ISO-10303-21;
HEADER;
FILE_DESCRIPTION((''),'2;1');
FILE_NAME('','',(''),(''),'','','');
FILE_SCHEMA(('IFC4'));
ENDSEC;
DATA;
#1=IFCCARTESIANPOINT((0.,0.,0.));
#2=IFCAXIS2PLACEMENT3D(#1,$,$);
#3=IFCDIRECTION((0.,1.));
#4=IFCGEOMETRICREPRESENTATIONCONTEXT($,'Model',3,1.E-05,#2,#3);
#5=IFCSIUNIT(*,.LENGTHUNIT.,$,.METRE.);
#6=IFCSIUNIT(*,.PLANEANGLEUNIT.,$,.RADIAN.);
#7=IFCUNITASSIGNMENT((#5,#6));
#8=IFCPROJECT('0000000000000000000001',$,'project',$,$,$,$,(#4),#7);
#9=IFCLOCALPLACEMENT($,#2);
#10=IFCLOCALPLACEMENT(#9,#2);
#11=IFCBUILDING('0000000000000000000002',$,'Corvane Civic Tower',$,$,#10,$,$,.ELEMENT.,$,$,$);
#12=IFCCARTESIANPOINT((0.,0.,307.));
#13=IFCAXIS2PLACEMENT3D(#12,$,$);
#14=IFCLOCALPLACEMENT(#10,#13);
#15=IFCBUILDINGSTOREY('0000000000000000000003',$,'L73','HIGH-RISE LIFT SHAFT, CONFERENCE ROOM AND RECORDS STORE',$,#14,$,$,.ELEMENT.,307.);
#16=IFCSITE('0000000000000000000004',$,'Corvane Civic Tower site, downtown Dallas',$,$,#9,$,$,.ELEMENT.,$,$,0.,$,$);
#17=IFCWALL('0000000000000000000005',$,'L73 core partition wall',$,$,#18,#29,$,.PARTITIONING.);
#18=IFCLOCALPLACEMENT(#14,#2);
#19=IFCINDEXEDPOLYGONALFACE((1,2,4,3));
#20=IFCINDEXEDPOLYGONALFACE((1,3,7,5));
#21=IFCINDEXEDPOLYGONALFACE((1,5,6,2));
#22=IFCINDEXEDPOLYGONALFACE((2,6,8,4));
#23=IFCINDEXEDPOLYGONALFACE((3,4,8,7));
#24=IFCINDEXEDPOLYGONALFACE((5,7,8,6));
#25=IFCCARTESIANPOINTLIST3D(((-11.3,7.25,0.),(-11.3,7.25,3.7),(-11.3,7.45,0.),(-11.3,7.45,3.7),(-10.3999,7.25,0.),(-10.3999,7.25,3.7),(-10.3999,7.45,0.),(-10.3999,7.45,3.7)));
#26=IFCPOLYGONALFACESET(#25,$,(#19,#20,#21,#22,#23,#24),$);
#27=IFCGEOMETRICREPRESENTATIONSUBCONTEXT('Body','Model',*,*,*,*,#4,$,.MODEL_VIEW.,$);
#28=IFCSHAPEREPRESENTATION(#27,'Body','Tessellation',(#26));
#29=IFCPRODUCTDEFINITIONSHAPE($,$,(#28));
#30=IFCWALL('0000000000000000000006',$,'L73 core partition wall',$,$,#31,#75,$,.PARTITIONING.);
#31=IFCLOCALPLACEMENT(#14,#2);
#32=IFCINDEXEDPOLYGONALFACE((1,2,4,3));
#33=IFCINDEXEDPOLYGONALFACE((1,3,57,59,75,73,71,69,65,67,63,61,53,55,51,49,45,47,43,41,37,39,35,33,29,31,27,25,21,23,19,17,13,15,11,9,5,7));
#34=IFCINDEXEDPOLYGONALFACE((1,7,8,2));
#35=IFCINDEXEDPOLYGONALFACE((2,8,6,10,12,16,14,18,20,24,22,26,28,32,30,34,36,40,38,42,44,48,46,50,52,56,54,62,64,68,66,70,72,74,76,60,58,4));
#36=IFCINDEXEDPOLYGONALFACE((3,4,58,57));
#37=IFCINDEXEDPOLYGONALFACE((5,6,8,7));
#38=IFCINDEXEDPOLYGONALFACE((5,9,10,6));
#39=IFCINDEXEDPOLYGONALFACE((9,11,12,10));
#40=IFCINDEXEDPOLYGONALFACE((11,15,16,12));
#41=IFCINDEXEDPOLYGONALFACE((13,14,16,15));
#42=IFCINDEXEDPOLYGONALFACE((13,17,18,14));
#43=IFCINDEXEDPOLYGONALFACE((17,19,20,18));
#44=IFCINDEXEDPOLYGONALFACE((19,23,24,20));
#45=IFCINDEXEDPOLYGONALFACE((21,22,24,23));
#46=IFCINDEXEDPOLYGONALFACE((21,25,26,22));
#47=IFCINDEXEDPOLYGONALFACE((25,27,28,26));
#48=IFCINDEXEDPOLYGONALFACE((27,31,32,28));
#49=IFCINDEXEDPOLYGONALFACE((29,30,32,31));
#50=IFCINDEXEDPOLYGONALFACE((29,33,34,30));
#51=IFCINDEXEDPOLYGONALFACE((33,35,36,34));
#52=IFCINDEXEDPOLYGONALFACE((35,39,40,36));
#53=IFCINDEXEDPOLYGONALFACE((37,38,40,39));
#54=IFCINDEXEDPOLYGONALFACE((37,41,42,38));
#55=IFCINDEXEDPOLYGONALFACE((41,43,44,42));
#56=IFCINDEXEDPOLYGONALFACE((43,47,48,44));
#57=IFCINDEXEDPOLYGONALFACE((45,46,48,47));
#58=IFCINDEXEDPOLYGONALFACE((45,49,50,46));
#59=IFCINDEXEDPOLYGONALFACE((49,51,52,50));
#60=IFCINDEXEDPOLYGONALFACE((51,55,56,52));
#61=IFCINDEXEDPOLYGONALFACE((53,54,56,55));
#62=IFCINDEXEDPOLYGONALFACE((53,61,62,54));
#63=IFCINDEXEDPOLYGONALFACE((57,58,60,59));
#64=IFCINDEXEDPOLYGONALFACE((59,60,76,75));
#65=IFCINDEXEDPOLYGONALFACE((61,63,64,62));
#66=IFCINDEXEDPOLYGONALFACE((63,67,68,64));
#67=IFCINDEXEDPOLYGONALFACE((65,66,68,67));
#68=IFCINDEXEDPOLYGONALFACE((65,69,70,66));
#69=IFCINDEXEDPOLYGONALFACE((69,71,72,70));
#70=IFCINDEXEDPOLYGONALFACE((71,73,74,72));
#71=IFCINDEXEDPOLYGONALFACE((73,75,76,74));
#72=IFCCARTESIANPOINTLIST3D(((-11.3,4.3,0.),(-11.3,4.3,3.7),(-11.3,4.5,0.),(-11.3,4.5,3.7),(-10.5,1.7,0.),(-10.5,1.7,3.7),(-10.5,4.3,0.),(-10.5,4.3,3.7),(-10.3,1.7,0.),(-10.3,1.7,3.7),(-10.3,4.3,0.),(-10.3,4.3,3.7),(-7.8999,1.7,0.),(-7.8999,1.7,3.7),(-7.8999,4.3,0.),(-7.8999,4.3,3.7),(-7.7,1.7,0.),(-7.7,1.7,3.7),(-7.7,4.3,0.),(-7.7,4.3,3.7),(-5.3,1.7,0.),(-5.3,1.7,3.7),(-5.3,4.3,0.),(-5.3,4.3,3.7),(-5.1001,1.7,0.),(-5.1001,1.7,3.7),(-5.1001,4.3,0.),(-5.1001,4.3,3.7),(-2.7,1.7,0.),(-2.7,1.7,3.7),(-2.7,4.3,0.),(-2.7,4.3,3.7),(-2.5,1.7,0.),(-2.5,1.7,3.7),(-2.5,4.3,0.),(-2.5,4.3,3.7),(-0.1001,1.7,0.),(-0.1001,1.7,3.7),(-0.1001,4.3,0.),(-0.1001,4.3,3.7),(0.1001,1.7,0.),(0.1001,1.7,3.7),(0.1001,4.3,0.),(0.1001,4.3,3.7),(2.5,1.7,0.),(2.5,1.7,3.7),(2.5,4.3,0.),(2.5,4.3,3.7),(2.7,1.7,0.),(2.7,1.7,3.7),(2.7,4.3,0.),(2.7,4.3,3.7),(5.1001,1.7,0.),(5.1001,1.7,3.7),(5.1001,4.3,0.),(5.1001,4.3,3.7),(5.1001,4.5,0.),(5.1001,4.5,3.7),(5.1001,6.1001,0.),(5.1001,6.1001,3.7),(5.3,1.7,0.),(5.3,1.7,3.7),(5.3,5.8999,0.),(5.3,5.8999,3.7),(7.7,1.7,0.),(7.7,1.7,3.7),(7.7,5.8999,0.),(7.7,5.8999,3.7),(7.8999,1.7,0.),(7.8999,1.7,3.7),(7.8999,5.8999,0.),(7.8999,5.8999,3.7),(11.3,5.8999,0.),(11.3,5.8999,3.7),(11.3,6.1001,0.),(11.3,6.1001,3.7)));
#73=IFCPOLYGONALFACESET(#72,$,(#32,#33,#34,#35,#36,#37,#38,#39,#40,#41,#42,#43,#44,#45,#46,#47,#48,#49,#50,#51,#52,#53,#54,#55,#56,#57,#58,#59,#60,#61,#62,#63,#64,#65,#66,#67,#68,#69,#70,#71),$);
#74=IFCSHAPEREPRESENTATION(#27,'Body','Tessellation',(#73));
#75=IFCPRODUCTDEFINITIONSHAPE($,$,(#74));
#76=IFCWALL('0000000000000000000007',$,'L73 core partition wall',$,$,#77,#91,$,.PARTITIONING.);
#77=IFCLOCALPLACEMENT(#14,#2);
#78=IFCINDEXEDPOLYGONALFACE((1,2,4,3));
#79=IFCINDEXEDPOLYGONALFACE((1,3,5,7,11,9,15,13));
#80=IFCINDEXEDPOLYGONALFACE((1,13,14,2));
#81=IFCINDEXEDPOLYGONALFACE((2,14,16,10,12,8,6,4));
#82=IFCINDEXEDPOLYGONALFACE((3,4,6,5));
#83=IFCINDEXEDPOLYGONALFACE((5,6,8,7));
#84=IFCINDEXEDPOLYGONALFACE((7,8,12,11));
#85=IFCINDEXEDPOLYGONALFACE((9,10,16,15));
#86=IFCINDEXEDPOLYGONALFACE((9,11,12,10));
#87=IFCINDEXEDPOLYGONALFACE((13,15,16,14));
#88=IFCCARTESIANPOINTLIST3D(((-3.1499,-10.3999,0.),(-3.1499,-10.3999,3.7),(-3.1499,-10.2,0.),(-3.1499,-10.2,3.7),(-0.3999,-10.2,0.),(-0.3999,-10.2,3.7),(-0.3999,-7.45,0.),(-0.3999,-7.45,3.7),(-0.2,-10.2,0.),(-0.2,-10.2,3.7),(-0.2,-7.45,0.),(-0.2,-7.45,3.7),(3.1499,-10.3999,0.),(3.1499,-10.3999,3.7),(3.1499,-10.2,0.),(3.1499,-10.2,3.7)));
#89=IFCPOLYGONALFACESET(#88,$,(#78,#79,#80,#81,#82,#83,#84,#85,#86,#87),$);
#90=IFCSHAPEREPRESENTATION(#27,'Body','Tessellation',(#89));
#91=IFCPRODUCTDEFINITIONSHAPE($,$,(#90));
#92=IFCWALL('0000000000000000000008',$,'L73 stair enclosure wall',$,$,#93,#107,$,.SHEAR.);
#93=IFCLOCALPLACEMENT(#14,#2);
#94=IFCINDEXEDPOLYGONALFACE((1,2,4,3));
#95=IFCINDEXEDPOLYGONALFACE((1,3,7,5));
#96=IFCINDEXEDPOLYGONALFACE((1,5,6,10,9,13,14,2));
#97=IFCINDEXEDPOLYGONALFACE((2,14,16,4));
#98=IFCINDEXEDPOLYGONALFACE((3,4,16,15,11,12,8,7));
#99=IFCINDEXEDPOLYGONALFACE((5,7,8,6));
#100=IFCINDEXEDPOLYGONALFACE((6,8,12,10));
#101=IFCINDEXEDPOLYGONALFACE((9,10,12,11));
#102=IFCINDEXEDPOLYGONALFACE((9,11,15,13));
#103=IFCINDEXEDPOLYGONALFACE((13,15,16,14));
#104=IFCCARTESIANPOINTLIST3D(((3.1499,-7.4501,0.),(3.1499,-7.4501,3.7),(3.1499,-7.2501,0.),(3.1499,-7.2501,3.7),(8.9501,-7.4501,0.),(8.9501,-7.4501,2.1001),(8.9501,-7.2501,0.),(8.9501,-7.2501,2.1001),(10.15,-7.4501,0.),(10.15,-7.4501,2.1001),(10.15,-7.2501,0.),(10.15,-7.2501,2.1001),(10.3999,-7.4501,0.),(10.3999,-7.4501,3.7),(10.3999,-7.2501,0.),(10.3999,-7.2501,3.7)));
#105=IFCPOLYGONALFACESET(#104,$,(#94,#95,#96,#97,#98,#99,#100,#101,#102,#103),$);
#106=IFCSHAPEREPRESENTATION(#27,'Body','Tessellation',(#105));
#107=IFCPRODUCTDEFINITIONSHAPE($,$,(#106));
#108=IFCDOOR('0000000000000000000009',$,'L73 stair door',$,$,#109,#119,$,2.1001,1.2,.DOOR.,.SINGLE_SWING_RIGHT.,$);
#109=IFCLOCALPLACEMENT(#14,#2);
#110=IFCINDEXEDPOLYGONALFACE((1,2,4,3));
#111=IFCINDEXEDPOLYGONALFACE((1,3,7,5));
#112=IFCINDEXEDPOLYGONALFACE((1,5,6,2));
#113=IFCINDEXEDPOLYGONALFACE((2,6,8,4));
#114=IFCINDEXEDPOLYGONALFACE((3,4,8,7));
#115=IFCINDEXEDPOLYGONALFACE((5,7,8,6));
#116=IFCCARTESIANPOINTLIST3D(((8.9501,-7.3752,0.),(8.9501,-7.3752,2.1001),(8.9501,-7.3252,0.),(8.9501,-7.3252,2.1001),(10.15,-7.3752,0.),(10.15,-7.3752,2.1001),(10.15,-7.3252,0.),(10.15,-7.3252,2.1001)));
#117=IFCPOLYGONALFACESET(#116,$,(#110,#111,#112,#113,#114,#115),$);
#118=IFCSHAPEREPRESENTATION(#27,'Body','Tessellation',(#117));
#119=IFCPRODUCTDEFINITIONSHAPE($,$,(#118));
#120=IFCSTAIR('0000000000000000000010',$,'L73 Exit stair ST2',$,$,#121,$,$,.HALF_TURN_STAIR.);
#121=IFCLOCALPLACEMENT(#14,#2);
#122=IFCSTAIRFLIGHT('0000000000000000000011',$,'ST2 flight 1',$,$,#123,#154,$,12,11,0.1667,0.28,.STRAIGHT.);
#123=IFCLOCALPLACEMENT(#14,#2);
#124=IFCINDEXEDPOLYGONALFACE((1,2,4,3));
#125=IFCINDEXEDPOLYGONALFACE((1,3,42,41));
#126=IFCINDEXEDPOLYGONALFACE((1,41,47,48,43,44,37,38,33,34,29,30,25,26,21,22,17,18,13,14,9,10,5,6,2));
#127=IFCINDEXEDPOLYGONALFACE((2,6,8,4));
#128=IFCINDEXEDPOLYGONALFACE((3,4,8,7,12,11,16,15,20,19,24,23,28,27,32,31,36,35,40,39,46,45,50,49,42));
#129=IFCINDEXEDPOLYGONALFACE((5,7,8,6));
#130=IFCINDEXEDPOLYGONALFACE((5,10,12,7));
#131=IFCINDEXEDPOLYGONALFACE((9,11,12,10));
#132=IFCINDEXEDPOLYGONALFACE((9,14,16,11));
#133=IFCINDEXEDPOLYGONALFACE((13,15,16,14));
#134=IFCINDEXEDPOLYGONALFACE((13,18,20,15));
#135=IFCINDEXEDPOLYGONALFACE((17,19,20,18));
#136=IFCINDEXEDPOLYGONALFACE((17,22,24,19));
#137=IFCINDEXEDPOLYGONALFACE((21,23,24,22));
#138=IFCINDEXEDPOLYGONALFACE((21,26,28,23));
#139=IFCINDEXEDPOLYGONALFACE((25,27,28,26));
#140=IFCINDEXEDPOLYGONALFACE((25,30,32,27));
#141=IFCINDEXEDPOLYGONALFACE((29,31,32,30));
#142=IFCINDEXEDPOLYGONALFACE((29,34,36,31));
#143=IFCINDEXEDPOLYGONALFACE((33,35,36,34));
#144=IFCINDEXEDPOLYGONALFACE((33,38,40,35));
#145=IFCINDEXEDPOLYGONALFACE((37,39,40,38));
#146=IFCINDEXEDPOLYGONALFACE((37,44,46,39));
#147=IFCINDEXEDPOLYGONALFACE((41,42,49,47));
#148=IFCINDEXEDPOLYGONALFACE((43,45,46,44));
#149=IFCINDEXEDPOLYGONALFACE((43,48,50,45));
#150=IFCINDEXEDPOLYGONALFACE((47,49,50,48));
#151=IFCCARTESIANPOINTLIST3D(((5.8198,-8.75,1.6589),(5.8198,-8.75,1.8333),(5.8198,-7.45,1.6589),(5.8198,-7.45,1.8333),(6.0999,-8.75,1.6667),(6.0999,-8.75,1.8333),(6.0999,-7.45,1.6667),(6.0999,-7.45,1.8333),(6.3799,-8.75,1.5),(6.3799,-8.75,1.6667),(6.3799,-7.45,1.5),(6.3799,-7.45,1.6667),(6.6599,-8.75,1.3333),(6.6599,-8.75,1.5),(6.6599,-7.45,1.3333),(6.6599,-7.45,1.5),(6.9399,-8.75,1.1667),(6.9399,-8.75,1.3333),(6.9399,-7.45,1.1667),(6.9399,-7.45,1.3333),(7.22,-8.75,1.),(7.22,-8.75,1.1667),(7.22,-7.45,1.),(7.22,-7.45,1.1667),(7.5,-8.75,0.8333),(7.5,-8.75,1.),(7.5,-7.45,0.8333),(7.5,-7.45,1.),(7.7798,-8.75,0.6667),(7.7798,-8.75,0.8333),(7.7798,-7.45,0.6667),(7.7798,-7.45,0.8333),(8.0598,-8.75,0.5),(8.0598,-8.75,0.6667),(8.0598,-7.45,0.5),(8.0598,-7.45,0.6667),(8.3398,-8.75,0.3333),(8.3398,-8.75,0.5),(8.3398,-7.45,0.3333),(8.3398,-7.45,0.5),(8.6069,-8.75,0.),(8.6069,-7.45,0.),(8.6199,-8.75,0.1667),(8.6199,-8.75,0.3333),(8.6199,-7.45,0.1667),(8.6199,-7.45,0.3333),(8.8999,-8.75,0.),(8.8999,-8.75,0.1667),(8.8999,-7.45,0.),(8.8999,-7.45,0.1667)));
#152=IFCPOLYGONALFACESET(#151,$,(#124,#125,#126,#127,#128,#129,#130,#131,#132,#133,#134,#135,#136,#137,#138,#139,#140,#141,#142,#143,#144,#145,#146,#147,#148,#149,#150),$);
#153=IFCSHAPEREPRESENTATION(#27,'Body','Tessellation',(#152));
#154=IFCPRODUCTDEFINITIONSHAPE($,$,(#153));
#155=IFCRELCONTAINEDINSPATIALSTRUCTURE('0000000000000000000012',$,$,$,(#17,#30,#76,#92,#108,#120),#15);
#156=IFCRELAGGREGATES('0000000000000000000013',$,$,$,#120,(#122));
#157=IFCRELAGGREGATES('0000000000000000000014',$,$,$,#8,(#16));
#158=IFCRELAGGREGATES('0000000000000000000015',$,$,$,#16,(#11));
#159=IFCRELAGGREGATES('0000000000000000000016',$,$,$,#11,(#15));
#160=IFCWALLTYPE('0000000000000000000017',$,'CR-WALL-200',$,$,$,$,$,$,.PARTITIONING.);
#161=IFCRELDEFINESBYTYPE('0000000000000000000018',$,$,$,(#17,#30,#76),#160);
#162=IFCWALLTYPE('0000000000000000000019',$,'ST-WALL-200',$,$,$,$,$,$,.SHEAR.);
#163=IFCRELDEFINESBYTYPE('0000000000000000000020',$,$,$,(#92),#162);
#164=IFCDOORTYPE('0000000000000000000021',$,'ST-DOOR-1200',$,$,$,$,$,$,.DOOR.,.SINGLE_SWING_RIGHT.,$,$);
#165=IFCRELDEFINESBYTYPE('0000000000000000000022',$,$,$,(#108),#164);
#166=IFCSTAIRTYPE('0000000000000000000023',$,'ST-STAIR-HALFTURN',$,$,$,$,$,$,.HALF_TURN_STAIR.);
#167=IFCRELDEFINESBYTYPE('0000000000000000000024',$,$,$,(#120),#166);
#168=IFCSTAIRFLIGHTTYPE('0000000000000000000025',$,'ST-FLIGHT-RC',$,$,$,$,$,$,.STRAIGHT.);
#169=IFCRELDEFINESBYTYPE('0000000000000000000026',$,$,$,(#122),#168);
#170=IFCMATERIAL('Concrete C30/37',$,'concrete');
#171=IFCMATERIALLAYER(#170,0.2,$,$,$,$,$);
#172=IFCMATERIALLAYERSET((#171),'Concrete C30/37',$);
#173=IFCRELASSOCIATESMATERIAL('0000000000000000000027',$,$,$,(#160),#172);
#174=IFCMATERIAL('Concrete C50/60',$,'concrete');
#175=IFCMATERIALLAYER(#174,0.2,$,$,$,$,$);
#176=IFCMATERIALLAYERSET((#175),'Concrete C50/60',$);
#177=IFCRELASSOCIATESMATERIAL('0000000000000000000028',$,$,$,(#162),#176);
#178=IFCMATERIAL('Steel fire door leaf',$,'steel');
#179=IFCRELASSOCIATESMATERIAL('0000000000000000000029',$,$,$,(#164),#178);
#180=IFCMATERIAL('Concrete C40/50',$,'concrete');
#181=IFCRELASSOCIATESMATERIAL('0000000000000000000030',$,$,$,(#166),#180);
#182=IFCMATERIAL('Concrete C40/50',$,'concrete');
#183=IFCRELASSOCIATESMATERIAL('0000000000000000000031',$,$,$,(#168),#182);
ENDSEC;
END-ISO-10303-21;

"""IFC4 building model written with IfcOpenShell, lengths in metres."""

from ifc_helpers import new_model, si_unit, direction, frame, frame_2d, origin, place, context, subcontext, project, spatial, polyline, rectangle, outline, extrude, material, layer, layer_set, type_object, element, fill, aggregate, save


model = new_model("IFC4")

# Units and contexts
model_context = context("Model", 3, precision=1e-05, world=origin(), true_north=direction((0.0, 1.0)))
body_context = subcontext(model_context, "Body", "Model", "MODEL_VIEW")
ifc_project = project(units=[si_unit("LENGTHUNIT", "METRE"), si_unit("PLANEANGLEUNIT", "RADIAN")], contexts=[model_context])

# Site, building, storey
site_placement = place(None, origin())
site = spatial("IfcSite", under=ifc_project, at=site_placement, Name="Corvane Civic Tower site, downtown Dallas", CompositionType="ELEMENT", RefElevation=0.0)
building_placement = place(site_placement, origin())
building = spatial("IfcBuilding", under=site, at=building_placement, Name="Corvane Civic Tower", CompositionType="ELEMENT")
storey_placement = place(building_placement, frame((0.0, 0.0, 307.0)))
storey = spatial("IfcBuildingStorey", under=building, at=storey_placement, Name="L73", Description="HIGH-RISE LIFT SHAFT, CONFERENCE ROOM AND RECORDS STORE", CompositionType="ELEMENT", Elevation=307.0)

# Shared definitions
ifc_material_1 = material(Name="Concrete C30/37", Category="concrete")
ifc_layer_1 = layer(ifc_material_1, 0.2)
ifc_layer_set_1 = layer_set([ifc_layer_1], Name="Concrete C30/37")
wall_type_1 = type_object("IfcWallType", Name="CR-WALL-200", PredefinedType="PARTITIONING", material=ifc_layer_set_1)

# Walls
wall_1_placement = place(storey_placement, origin())
element("IfcWall", 1, at=wall_1_placement, inside=storey, type_object=wall_type_1, Name="L73 core partition wall", PredefinedType="PARTITIONING", context=body_context, shape_type="SweptSolid", body=[
    extrude(outline(polyline([(-10.3999, 7.25), (-11.3, 7.25), (-11.3, 7.45), (-10.3999, 7.45), (-10.3999, 7.25)])), origin(), (0.0, 0.0, 1.0), 3.7),
])
wall_2_placement = place(storey_placement, origin())
element("IfcWall", 2, at=wall_2_placement, inside=storey, type_object=wall_type_1, Name="L73 core partition wall", PredefinedType="PARTITIONING", context=body_context, shape_type="SweptSolid", body=[
    extrude(outline(polyline([(-5.3, 1.7), (-5.3, 4.3), (-7.7, 4.3), (-7.7, 1.7), (-7.8999, 1.7), (-7.8999, 4.3), (-10.3, 4.3), (-10.3, 1.7), (-10.5, 1.7), (-10.5, 4.3), (-11.3, 4.3), (-11.3, 4.5), (5.1001, 4.5), (5.1001, 6.1001), (11.3, 6.1001), (11.3, 5.8999), (7.8999, 5.8999), (7.8999, 1.7), (7.7, 1.7), (7.7, 5.8999), (5.3, 5.8999), (5.3, 1.7), (5.1001, 1.7), (5.1001, 4.3), (2.7, 4.3), (2.7, 1.7), (2.5, 1.7), (2.5, 4.3), (0.1001, 4.3), (0.1001, 1.7), (-0.1001, 1.7), (-0.1001, 4.3), (-2.5, 4.3), (-2.5, 1.7), (-2.7, 1.7), (-2.7, 4.3), (-5.1001, 4.3), (-5.1001, 1.7), (-5.3, 1.7)])), origin(), (0.0, 0.0, 1.0), 3.7),
])
wall_3_placement = place(storey_placement, origin())
element("IfcWall", 3, at=wall_3_placement, inside=storey, type_object=wall_type_1, Name="L73 core partition wall", PredefinedType="PARTITIONING", context=body_context, shape_type="SweptSolid", body=[
    extrude(outline(polyline([(-0.2, -7.45), (-0.2, -10.2), (3.1499, -10.2), (3.1499, -10.3999), (-3.1499, -10.3999), (-3.1499, -10.2), (-0.3999, -10.2), (-0.3999, -7.45), (-0.2, -7.45)])), origin(), (0.0, 0.0, 1.0), 3.7),
])

# Wall, opening, door
ifc_material_2 = material(Name="Concrete C50/60", Category="concrete")
ifc_layer_2 = layer(ifc_material_2, 0.2)
ifc_layer_set_2 = layer_set([ifc_layer_2], Name="Concrete C50/60")
wall_type_2 = type_object("IfcWallType", Name="ST-WALL-200", PredefinedType="SHEAR", material=ifc_layer_set_2)
wall_4_placement = place(storey_placement, frame((3.1499, -7.3501, 0.0), z_axis=(0.0, 0.0, 1.0), x_axis=(1.0, 0.0, 0.0)))
wall_4 = element("IfcWall", 4, at=wall_4_placement, inside=storey, type_object=wall_type_2, Name="L73 stair enclosure wall", PredefinedType="SHEAR", context=body_context, shape_type="SweptSolid", body=[
    extrude(rectangle(XDim=7.25, YDim=0.2, at=frame_2d((3.625, 0.0))), origin(), (0.0, 0.0, 1.0), 3.7),
])
opening_1_placement = place(wall_4_placement, frame((5.8, 0.0, 0.0)))
opening_1 = element("IfcOpeningElement", 5, at=opening_1_placement, cuts=wall_4, PredefinedType="OPENING", context=body_context, shape_type="SweptSolid", body=[
    extrude(rectangle(XDim=1.2, YDim=2.1001, at=frame_2d((0.6001, 1.05))), frame((0.0, 0.1099, 0.0), z_axis=(0.0, -1.0, 0.0), x_axis=(1.0, 0.0, 0.0)), (0.0, 0.0, 1.0), 0.22),
])
ifc_material_3 = material(Name="Steel fire door leaf", Category="steel")
door_type_1 = type_object("IfcDoorType", Name="ST-DOOR-1200", OperationType="SINGLE_SWING_RIGHT", PredefinedType="DOOR", material=ifc_material_3)
door_1_placement = place(opening_1_placement, origin())
door_1 = element("IfcDoor", 6, at=door_1_placement, inside=storey, type_object=door_type_1, Name="L73 stair door", OperationType="SINGLE_SWING_RIGHT", OverallHeight=2.1001, OverallWidth=1.2, PredefinedType="DOOR", context=body_context, shape_type="SweptSolid", body=[
    extrude(rectangle(XDim=1.2, YDim=2.1001, at=frame_2d((0.6001, 1.05))), frame((0.0, 0.0249, 0.0), z_axis=(0.0, -1.0, 0.0), x_axis=(1.0, 0.0, 0.0)), (0.0, 0.0, 1.0), 0.05),
])
fill(opening_1, door_1)

# Stair, stair flight
ifc_material_4 = material(Name="Concrete C40/50", Category="concrete")
stair_type = type_object("IfcStairType", Name="ST-STAIR-HALFTURN", PredefinedType="HALF_TURN_STAIR", material=ifc_material_4)
stair_placement = place(storey_placement, origin())
stair = element("IfcStair", 7, at=stair_placement, inside=storey, type_object=stair_type, Name="L73 Exit stair ST2", PredefinedType="HALF_TURN_STAIR")
ifc_material_5 = material(Name="Concrete C40/50", Category="concrete")
stair_flight_type = type_object("IfcStairFlightType", Name="ST-FLIGHT-RC", PredefinedType="STRAIGHT", material=ifc_material_5)
stair_flight_1_placement = place(storey_placement, frame((8.8999, -8.1001, 0.0), z_axis=(0.0, 0.0, 1.0), x_axis=(-1.0, 0.0, 0.0)))
stair_flight_1 = element("IfcStairFlight", 8, at=stair_flight_1_placement, type_object=stair_flight_type, Name="ST2 flight 1", NumberOfRisers=12, NumberOfTreads=11, PredefinedType="STRAIGHT", RiserHeight=0.1667, TreadLength=0.28, context=body_context, shape_type="SweptSolid", body=[
    extrude(outline(polyline([(0.0, 0.0), (0.0, 0.1667), (0.28, 0.1667), (0.28, 0.3333), (0.5601, 0.3333), (0.5601, 0.5), (0.8401, 0.5), (0.8401, 0.6667), (1.1201, 0.6667), (1.1201, 0.8333), (1.3999, 0.8333), (1.3999, 1.0), (1.6799, 1.0), (1.6799, 1.1667), (1.96, 1.1667), (1.96, 1.3333), (2.24, 1.3333), (2.24, 1.5), (2.52, 1.5), (2.52, 1.6667), (2.8, 1.6667), (2.8, 1.8333), (3.0801, 1.8333), (3.0801, 2.0), (3.0801, 1.6589), (0.293, 0.0), (0.0, 0.0)])), frame((0.0, 0.6499, 0.0), z_axis=(0.0, -1.0, 0.0), x_axis=(1.0, 0.0, 0.0)), (0.0, 0.0, 1.0), 1.3),
])
aggregate(stair, [stair_flight_1])

save(model, "model.ifc")
